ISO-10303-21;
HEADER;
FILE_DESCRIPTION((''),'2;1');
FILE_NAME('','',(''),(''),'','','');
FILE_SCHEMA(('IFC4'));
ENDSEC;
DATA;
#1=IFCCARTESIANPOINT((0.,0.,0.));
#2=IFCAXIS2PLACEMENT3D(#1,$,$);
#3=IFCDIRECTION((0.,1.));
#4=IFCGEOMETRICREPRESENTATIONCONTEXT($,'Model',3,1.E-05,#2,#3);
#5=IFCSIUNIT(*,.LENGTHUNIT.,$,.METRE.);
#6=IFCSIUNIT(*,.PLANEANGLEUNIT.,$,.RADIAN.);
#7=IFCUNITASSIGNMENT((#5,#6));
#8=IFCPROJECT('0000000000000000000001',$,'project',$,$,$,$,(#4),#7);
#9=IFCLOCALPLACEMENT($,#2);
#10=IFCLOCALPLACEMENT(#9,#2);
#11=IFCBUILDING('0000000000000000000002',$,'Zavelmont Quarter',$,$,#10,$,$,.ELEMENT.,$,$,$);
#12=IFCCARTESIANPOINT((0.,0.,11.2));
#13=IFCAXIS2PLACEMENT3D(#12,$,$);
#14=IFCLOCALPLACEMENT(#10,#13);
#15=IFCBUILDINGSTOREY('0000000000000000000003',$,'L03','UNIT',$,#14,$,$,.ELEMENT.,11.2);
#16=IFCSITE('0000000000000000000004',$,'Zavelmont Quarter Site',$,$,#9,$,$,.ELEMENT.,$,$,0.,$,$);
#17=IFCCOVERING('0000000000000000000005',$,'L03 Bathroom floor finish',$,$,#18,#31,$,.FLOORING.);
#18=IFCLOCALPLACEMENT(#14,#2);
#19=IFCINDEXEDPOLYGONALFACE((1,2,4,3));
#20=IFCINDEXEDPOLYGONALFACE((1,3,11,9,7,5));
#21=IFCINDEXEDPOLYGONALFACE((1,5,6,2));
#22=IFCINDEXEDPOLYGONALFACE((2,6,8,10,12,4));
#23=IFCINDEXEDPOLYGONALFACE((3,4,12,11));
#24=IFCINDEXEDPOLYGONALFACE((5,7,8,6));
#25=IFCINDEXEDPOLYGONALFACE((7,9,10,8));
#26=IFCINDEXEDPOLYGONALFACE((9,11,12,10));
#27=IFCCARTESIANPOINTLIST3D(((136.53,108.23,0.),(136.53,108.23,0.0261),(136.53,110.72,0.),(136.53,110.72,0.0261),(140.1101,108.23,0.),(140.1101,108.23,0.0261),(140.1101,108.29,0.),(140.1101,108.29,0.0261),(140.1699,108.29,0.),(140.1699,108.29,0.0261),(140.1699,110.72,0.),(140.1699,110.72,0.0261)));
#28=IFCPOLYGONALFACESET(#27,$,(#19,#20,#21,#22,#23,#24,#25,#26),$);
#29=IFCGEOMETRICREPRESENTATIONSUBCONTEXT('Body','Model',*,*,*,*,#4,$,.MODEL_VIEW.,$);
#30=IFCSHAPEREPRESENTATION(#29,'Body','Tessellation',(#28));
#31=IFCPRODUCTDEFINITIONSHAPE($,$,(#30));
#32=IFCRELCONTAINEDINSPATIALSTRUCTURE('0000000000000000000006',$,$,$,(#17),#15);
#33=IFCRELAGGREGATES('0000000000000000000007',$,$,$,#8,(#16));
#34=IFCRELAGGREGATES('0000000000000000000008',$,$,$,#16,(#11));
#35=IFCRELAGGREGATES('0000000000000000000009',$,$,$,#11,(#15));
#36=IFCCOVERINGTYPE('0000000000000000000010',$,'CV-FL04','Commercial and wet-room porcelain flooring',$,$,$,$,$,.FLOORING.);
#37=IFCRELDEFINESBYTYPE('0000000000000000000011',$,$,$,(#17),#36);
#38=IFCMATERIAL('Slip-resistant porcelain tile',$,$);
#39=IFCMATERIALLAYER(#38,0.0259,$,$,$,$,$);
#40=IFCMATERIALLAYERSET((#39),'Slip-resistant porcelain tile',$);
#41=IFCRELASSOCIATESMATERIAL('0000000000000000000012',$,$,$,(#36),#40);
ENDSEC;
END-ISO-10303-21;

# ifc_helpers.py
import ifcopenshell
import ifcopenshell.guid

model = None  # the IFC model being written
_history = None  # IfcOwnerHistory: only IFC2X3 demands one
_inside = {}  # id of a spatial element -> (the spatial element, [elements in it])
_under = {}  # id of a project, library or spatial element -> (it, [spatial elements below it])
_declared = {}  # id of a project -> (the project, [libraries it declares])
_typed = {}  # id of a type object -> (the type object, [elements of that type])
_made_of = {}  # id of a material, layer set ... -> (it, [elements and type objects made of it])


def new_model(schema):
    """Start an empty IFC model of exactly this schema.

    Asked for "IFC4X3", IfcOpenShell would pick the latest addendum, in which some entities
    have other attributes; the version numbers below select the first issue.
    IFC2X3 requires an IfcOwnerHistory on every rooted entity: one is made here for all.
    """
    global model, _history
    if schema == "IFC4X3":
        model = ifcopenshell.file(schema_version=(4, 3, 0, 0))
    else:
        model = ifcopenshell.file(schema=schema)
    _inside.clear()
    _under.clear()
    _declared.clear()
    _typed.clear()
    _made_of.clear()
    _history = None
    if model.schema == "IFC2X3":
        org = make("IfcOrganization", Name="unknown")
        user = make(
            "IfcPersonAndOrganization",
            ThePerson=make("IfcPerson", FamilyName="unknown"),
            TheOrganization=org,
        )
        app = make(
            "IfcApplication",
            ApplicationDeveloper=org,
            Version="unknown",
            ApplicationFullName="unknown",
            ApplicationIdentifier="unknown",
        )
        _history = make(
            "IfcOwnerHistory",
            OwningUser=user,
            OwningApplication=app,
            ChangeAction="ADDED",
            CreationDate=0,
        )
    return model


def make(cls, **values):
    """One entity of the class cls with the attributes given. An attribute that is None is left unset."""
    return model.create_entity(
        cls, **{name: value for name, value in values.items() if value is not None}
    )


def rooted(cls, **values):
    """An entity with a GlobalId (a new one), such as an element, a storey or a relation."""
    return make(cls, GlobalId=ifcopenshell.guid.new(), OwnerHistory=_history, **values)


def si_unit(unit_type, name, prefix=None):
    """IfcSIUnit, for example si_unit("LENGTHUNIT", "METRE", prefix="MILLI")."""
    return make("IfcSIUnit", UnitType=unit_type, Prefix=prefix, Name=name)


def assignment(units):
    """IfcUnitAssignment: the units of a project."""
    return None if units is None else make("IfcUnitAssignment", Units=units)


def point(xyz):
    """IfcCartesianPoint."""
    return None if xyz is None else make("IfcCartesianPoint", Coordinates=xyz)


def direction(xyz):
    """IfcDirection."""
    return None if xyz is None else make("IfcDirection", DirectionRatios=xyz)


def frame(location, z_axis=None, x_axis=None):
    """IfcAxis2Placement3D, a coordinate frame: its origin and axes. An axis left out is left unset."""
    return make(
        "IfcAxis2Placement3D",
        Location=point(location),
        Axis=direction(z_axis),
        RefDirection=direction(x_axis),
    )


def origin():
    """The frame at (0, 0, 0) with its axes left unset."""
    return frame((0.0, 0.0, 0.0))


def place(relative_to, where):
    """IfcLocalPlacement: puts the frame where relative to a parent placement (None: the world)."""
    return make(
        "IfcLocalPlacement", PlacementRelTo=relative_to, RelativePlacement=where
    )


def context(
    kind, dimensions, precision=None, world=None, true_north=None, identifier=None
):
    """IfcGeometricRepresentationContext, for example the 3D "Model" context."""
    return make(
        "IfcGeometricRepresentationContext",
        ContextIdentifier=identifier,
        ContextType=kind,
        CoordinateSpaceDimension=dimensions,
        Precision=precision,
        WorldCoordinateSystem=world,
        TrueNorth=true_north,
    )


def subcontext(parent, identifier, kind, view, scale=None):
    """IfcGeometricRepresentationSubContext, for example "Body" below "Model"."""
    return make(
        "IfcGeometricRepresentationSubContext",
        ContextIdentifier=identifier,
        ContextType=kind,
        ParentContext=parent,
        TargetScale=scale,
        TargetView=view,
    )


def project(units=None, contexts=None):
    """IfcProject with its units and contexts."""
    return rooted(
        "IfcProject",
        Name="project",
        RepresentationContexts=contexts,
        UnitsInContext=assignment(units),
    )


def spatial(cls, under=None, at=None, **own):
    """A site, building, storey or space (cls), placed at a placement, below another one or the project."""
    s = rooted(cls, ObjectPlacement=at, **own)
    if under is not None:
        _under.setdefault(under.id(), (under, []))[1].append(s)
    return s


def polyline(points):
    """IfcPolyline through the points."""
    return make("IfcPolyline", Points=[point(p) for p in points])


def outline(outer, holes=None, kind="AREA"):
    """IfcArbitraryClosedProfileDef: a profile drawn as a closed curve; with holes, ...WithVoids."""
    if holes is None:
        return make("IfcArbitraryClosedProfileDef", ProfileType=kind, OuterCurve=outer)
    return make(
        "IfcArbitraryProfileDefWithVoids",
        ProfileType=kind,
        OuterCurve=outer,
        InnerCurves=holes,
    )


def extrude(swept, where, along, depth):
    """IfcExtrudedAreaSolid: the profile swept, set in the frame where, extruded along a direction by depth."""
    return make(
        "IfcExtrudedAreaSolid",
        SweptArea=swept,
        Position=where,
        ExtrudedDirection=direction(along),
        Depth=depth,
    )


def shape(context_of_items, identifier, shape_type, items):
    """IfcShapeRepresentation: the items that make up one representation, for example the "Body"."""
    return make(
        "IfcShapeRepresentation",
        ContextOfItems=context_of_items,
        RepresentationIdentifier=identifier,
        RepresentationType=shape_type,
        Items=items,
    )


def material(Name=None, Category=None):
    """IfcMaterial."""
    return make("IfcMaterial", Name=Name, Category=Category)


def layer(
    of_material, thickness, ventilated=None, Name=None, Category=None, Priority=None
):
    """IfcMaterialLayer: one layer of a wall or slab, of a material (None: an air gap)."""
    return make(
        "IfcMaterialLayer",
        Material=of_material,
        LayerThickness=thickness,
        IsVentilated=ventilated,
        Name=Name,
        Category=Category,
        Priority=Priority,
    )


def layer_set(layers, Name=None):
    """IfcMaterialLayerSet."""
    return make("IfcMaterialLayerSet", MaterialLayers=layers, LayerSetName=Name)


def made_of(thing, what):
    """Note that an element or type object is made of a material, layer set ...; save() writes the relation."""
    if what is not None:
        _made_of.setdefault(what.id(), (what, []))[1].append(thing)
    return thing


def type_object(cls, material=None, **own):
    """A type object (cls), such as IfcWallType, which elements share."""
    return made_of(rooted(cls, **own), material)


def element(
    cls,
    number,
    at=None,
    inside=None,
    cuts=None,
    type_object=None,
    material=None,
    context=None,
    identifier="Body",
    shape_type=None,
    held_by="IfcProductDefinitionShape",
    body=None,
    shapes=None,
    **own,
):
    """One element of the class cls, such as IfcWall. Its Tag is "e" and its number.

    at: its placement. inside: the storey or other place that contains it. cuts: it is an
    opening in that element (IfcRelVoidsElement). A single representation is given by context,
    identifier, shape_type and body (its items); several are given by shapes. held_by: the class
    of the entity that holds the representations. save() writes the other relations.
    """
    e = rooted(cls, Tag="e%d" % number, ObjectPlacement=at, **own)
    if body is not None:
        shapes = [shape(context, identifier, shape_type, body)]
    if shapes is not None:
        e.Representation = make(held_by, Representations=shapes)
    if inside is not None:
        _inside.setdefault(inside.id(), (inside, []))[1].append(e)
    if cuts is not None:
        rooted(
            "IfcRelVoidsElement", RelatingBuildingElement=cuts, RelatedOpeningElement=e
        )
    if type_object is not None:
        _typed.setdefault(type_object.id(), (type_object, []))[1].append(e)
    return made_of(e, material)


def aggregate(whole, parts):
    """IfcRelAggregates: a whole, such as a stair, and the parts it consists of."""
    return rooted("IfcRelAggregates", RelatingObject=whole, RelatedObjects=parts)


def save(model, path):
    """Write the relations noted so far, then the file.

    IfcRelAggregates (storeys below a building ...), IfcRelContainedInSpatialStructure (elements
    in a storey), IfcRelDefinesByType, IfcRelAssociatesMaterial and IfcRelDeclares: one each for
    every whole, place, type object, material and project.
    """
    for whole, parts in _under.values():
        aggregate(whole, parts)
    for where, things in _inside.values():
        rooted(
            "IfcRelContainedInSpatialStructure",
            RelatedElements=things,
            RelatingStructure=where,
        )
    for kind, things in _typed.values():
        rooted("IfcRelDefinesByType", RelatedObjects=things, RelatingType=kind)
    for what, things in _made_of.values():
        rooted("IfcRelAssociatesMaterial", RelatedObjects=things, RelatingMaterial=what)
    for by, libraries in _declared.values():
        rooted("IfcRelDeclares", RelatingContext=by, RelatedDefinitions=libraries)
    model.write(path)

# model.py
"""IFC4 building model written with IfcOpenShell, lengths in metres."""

from ifc_helpers import new_model, si_unit, direction, frame, origin, place, context, subcontext, project, spatial, polyline, outline, extrude, material, layer, layer_set, type_object, element, save


model = new_model("IFC4")

# Units and contexts
model_context = context("Model", 3, precision=1e-05, world=origin(), true_north=direction((0.0, 1.0)))
body_context = subcontext(model_context, "Body", "Model", "MODEL_VIEW")
ifc_project = project(units=[si_unit("LENGTHUNIT", "METRE"), si_unit("PLANEANGLEUNIT", "RADIAN")], contexts=[model_context])

# Site, building, storey
site_placement = place(None, origin())
site = spatial("IfcSite", under=ifc_project, at=site_placement, Name="Zavelmont Quarter Site", CompositionType="ELEMENT", RefElevation=0.0)
building_placement = place(site_placement, origin())
building = spatial("IfcBuilding", under=site, at=building_placement, Name="Zavelmont Quarter", CompositionType="ELEMENT")
storey_placement = place(building_placement, frame((0.0, 0.0, 11.2)))
storey = spatial("IfcBuildingStorey", under=building, at=storey_placement, Name="L03", Description="UNIT", CompositionType="ELEMENT", Elevation=11.2)

# Covering
ifc_material_1 = material(Name="Slip-resistant porcelain tile")
ifc_layer_1 = layer(ifc_material_1, 0.0259)
ifc_layer_set_1 = layer_set([ifc_layer_1], Name="Slip-resistant porcelain tile")
covering_type_1 = type_object("IfcCoveringType", Name="CV-FL04", Description="Commercial and wet-room porcelain flooring", PredefinedType="FLOORING", material=ifc_layer_set_1)
covering_1_placement = place(storey_placement, origin())
element("IfcCovering", 1, at=covering_1_placement, inside=storey, type_object=covering_type_1, Name="L03 Bathroom floor finish", PredefinedType="FLOORING", context=body_context, shape_type="SweptSolid", body=[
    extrude(outline(polyline([(136.53, 110.72), (140.1699, 110.72), (140.1699, 108.29), (140.1101, 108.29), (140.1101, 108.23), (136.53, 108.23), (136.53, 110.72)])), origin(), (0.0, 0.0, 1.0), 0.0261),
])

save(model, "model.ifc")
